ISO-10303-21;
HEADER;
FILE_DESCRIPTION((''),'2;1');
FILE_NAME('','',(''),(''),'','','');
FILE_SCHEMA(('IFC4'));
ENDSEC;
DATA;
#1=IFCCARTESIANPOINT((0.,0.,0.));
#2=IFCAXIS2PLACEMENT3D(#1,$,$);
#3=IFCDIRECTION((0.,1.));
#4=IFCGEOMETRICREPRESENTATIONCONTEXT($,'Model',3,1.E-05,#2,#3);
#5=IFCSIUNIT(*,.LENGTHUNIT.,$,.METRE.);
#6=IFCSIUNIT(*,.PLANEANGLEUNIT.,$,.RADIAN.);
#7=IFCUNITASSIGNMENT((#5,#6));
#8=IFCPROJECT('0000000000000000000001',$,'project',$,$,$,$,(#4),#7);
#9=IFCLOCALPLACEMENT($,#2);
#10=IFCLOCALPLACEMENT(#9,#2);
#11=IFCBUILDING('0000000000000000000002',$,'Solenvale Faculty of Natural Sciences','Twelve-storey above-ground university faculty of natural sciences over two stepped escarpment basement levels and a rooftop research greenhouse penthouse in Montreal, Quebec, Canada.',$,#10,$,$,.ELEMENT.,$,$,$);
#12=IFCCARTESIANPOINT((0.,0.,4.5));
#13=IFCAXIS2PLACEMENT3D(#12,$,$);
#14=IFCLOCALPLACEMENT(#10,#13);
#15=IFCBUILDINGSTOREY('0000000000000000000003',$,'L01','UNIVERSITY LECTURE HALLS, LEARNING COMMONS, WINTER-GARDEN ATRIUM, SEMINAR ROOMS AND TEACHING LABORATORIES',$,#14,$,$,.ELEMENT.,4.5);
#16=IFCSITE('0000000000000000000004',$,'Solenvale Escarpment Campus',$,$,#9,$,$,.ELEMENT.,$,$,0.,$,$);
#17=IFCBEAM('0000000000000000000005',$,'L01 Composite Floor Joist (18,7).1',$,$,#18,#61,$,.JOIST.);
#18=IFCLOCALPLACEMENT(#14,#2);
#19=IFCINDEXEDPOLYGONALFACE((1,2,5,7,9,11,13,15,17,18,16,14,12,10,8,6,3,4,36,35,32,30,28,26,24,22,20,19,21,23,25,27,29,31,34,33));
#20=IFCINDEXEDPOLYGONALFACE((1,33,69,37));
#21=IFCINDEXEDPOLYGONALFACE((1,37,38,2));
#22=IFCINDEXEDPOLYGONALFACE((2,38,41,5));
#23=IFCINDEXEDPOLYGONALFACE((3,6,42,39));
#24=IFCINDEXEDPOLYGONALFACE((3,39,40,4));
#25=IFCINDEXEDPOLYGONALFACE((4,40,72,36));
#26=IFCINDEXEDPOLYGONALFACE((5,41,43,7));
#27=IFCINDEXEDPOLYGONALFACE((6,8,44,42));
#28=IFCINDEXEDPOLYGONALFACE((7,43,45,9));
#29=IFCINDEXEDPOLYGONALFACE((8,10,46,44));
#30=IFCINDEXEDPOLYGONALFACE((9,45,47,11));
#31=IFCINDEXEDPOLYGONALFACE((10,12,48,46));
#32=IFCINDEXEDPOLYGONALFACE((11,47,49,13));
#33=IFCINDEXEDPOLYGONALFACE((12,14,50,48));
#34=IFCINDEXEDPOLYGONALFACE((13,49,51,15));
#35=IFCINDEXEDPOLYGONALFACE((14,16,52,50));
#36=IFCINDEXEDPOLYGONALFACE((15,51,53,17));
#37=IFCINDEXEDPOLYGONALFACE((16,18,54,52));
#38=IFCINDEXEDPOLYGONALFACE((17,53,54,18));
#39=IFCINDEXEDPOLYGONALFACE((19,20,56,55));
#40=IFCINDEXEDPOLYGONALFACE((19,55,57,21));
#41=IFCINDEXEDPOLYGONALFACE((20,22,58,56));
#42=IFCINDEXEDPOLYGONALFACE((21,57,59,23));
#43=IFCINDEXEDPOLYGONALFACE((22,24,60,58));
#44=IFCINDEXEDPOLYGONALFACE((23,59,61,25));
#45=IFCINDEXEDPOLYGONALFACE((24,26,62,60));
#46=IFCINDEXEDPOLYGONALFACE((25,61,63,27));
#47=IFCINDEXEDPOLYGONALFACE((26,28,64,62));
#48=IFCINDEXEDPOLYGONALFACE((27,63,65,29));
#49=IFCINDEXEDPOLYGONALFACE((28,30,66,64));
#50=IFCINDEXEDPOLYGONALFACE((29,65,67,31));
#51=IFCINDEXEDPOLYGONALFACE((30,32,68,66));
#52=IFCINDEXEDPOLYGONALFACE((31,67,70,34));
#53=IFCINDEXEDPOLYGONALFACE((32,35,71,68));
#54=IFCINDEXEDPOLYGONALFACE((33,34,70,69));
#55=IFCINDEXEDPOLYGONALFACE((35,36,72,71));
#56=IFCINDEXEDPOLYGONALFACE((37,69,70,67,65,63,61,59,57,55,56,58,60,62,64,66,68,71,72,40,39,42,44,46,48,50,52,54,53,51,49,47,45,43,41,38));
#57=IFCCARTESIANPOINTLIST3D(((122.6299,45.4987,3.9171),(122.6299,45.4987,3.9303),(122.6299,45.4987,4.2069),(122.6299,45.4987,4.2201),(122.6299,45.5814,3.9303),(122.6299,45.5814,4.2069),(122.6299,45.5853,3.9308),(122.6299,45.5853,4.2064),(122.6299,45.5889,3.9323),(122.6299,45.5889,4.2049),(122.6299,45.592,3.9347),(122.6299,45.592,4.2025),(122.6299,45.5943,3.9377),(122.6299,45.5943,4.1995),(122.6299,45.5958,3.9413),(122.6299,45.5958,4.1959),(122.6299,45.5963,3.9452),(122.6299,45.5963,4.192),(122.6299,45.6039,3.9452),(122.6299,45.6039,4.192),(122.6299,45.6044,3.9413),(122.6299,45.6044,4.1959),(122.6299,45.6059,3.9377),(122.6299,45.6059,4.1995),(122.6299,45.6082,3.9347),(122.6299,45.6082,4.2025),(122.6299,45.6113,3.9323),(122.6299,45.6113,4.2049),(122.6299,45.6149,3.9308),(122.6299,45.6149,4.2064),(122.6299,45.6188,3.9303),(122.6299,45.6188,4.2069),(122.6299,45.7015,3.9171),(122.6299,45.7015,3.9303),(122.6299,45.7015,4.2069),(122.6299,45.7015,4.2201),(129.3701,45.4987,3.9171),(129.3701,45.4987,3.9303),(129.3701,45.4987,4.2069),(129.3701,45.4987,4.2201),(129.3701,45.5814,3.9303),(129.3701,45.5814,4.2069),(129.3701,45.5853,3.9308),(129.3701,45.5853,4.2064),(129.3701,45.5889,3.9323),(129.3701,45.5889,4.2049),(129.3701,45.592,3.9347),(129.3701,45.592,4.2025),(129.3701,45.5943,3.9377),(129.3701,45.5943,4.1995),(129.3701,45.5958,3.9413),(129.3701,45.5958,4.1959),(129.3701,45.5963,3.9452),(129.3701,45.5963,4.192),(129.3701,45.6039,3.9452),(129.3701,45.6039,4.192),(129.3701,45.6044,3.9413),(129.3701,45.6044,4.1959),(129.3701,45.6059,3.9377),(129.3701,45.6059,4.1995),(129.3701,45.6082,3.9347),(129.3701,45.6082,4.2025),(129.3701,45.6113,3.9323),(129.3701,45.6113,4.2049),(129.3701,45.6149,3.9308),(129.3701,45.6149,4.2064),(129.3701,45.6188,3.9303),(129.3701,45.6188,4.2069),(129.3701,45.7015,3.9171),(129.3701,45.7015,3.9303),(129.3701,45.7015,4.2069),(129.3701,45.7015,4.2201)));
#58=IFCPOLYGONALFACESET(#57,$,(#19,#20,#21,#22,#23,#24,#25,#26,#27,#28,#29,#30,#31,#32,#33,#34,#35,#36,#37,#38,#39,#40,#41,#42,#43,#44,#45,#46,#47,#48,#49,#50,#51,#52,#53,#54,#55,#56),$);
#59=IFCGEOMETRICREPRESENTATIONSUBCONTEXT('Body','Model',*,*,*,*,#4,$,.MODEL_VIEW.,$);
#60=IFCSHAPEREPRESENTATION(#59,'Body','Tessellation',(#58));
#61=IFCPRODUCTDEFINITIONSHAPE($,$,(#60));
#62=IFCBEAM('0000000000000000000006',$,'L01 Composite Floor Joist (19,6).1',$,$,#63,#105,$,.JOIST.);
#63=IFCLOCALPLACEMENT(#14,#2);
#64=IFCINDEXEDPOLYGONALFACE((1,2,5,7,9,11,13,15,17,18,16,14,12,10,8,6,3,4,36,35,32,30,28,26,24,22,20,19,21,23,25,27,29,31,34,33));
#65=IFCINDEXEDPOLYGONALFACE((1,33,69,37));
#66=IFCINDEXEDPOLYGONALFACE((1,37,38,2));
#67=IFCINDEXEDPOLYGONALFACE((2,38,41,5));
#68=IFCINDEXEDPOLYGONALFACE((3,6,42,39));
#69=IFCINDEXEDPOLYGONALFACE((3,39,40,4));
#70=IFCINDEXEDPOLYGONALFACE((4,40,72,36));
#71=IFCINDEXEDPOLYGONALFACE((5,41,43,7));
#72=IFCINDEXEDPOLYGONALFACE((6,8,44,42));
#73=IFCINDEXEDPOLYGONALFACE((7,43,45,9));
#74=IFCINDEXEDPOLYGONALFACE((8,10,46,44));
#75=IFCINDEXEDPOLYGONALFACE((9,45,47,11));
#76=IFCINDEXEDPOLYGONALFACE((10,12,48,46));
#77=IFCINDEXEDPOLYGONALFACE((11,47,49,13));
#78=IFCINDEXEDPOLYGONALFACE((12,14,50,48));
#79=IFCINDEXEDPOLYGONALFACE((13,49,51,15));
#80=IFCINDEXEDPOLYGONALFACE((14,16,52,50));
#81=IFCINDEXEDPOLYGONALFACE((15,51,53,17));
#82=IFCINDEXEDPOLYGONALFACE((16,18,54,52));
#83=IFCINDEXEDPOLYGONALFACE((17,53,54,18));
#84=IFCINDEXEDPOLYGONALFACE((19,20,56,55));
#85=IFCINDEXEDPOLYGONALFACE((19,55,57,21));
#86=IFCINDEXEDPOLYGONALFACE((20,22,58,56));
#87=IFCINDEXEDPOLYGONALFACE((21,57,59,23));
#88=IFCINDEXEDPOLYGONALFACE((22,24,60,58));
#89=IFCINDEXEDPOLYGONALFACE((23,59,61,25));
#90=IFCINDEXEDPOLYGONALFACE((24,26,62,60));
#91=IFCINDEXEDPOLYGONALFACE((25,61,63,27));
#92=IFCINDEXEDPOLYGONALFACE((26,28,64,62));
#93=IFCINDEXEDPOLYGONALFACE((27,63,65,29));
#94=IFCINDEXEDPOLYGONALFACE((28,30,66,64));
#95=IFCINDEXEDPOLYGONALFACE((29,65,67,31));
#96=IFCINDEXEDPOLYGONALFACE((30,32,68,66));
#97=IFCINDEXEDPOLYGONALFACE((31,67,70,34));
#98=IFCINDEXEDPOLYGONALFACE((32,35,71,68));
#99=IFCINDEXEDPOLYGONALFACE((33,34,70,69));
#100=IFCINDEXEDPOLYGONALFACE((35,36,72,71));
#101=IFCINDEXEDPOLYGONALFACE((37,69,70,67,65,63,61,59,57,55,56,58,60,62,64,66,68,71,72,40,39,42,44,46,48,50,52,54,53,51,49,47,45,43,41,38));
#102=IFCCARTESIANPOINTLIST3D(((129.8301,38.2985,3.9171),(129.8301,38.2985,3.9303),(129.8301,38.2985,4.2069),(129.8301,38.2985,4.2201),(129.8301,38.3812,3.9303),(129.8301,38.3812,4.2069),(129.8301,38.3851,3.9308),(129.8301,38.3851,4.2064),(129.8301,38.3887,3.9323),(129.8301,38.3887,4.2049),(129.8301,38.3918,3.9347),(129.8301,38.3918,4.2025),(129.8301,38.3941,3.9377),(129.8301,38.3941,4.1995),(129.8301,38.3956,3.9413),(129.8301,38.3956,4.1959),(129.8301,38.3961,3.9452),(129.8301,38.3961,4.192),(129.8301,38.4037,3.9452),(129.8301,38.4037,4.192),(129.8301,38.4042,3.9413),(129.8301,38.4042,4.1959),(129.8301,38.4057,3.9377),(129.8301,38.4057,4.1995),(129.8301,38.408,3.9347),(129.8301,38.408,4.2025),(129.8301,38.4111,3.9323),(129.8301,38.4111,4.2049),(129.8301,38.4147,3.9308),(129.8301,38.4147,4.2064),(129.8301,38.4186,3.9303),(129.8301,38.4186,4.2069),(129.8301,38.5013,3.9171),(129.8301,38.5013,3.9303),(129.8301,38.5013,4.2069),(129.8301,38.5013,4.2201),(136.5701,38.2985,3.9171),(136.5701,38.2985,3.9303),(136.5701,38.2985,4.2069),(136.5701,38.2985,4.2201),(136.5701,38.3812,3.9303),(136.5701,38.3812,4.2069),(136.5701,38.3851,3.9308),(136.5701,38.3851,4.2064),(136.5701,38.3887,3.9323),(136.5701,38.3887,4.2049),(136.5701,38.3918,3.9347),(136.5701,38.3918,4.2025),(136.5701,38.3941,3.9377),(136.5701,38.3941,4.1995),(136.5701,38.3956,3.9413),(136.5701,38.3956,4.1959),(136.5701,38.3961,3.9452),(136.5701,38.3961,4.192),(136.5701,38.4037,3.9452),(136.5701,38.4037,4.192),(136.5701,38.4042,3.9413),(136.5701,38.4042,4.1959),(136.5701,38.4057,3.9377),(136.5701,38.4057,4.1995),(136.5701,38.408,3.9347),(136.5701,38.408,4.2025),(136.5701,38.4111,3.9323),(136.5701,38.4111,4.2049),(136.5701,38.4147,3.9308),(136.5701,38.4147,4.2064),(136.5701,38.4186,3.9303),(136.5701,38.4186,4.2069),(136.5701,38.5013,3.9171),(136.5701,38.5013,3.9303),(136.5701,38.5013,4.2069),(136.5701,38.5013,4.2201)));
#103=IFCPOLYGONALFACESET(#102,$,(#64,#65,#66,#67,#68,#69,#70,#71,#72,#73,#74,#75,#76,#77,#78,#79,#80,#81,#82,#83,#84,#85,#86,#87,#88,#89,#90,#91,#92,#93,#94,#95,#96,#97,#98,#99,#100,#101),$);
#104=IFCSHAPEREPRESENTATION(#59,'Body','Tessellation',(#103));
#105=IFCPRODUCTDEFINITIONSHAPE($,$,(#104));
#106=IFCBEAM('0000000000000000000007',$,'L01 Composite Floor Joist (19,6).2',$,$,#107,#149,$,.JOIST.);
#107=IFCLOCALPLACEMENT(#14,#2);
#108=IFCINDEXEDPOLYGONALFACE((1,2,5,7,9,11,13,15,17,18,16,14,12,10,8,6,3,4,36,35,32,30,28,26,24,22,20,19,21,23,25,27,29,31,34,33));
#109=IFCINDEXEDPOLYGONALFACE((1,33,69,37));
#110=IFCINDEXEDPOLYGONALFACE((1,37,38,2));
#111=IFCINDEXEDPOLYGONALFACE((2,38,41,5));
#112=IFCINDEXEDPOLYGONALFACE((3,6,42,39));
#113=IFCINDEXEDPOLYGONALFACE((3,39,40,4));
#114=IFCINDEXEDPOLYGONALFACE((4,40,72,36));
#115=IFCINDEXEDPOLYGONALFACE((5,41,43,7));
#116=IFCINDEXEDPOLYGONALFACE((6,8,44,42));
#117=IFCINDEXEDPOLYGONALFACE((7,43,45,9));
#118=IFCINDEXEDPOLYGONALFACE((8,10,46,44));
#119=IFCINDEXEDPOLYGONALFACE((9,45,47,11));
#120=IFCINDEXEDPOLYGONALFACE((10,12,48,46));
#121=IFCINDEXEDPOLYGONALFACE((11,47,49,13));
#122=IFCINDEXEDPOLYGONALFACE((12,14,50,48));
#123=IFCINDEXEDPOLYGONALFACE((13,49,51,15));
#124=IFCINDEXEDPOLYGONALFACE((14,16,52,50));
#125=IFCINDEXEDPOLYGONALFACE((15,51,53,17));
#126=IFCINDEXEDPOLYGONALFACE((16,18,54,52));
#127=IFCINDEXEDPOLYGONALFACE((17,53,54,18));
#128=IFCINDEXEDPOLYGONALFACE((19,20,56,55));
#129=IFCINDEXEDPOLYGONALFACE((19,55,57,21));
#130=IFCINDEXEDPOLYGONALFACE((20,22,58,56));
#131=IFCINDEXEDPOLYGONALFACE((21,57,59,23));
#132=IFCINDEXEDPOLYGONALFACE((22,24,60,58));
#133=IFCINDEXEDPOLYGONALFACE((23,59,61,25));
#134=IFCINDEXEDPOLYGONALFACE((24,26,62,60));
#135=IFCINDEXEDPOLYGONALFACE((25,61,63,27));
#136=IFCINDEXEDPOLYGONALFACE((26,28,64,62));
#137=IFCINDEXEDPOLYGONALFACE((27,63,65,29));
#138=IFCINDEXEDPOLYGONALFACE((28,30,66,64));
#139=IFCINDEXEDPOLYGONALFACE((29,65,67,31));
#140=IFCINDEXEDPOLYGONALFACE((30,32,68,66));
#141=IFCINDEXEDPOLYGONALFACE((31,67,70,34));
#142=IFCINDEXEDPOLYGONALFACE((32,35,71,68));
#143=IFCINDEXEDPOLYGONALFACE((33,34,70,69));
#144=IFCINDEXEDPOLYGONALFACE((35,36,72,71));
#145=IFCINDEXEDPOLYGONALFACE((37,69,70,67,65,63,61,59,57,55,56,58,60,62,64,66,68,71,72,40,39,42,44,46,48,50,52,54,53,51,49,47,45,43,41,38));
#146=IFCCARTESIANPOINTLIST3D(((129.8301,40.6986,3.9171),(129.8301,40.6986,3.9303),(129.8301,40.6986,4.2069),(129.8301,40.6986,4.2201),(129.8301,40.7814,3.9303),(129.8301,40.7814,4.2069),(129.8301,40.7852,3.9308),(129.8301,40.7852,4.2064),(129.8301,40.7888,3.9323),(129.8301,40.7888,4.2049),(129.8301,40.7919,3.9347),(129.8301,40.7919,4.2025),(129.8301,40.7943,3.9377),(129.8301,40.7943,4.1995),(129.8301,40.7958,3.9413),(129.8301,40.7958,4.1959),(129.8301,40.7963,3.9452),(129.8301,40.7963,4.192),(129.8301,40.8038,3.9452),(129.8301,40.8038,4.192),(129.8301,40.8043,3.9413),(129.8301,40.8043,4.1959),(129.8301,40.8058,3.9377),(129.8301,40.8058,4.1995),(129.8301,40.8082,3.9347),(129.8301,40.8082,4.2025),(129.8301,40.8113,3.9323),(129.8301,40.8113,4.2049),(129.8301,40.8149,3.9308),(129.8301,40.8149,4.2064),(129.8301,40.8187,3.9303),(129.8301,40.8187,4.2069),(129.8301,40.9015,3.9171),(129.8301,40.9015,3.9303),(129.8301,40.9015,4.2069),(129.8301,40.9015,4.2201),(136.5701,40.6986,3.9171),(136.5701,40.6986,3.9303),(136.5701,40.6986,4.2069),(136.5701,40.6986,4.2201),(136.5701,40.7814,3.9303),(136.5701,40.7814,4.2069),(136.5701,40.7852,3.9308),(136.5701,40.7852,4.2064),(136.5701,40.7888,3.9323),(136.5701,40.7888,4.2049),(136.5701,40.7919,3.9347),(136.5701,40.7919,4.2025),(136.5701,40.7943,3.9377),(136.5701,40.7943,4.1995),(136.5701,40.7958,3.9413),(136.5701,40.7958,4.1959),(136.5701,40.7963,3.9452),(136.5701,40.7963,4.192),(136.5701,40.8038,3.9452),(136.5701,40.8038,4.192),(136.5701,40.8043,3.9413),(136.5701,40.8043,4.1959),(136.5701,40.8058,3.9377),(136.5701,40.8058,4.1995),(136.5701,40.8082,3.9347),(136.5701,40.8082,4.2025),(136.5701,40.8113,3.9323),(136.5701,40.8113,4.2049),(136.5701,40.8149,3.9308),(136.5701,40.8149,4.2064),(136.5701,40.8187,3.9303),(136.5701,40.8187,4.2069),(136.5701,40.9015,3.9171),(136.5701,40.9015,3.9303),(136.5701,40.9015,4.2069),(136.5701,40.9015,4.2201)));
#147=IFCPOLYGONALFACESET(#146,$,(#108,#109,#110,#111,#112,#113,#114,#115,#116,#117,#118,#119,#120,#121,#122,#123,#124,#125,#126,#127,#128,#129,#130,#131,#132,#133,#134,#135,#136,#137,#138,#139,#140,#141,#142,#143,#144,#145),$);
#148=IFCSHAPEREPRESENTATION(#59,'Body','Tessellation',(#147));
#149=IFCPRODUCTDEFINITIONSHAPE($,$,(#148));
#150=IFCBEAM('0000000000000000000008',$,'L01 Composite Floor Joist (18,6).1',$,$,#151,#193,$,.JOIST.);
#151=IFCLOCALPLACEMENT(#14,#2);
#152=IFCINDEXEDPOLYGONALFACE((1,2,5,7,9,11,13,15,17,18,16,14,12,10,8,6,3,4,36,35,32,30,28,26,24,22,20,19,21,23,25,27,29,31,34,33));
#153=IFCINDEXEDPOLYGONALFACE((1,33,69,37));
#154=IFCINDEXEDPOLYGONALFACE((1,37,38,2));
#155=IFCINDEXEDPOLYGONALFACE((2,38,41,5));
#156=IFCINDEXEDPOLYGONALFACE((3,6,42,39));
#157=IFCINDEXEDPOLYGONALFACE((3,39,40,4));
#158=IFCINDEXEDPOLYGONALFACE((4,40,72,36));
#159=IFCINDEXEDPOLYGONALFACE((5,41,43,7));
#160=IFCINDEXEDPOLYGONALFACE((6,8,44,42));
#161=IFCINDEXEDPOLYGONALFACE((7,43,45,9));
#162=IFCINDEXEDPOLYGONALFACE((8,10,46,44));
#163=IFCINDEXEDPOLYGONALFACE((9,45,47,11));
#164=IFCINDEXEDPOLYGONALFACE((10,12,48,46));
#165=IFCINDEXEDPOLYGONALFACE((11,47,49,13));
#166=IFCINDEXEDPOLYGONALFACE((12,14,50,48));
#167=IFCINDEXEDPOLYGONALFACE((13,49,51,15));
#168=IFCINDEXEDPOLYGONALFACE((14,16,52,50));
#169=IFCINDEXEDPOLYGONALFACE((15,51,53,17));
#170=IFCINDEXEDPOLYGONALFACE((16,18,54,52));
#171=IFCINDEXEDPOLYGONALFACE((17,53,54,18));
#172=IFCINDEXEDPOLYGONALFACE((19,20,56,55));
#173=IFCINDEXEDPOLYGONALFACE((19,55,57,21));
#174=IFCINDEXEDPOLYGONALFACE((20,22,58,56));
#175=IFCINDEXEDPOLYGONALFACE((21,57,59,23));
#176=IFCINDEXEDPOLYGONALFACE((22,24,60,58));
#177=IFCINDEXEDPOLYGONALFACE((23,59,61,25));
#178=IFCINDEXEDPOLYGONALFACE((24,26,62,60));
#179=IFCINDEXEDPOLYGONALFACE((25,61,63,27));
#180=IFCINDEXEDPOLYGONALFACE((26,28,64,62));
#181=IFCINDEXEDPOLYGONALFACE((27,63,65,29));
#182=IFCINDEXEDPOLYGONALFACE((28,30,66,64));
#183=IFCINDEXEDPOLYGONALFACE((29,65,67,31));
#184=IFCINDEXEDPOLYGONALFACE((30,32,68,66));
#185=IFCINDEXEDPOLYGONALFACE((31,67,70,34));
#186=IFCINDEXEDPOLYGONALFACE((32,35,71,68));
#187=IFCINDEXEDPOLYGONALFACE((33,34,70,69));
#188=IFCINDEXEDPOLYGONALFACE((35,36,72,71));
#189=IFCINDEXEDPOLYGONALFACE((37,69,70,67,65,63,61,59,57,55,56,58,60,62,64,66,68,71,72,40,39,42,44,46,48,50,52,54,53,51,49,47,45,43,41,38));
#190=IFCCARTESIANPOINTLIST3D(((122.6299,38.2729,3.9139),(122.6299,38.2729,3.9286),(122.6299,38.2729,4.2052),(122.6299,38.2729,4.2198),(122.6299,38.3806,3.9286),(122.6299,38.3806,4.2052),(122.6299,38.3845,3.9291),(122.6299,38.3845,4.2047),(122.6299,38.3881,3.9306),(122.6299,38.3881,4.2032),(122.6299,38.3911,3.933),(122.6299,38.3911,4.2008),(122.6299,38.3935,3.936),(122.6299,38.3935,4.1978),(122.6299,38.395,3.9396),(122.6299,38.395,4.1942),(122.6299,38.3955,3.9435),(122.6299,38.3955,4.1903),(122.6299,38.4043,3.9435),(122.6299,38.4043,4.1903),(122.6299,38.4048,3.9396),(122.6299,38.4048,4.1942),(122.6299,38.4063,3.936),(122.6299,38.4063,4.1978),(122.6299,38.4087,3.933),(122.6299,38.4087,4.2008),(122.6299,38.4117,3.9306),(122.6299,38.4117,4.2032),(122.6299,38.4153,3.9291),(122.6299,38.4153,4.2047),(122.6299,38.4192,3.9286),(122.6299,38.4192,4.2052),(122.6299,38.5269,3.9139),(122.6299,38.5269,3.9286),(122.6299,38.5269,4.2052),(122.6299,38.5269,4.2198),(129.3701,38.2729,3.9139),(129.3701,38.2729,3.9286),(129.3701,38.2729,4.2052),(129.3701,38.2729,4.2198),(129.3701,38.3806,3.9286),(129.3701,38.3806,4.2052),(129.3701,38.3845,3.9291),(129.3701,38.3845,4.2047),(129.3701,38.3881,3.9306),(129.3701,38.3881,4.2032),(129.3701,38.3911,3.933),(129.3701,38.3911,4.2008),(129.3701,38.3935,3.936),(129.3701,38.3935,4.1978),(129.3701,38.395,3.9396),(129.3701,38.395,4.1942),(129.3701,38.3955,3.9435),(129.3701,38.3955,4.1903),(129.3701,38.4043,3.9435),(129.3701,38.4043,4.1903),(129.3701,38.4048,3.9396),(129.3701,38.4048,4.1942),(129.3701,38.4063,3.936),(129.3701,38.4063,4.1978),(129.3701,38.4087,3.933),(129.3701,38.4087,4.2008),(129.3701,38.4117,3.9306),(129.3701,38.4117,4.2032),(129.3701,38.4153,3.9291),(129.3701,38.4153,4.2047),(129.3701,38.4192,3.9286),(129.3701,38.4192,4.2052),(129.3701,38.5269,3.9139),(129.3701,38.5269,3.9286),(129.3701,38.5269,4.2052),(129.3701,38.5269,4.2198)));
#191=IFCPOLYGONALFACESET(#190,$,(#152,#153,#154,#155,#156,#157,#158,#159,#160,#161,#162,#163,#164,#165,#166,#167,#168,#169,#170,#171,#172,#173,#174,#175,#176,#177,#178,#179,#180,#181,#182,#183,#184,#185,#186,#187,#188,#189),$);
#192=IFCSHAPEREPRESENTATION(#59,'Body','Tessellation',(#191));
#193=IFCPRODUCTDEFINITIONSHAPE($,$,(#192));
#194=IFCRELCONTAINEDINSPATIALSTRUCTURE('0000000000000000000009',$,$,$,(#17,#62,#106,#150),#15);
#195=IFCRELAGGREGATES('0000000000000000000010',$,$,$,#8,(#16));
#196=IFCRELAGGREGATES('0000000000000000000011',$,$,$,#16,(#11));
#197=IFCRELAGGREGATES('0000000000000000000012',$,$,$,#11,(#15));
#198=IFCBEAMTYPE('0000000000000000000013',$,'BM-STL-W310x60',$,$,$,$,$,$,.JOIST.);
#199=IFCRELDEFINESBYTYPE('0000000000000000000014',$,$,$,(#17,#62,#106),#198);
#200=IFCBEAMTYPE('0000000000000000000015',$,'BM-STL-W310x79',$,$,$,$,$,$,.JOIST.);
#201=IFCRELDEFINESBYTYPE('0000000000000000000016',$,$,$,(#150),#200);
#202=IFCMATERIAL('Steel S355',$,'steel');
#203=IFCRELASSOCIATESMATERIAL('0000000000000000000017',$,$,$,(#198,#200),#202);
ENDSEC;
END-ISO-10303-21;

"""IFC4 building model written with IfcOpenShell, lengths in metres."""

from ifc_helpers import new_model, si_unit, direction, frame, origin, origin_2d, place, context, subcontext, project, spatial, i_section, extrude, material, material_profile, profile_set, type_object, element, save


model = new_model("IFC4")

# Units and contexts
model_context = context("Model", 3, precision=1e-05, world=origin(), true_north=direction((0.0, 1.0)))
body_context = subcontext(model_context, "Body", "Model", "MODEL_VIEW")
ifc_project = project(units=[si_unit("LENGTHUNIT", "METRE"), si_unit("PLANEANGLEUNIT", "RADIAN")], contexts=[model_context])

# Site, building, storey
site_placement = place(None, origin())
site = spatial("IfcSite", under=ifc_project, at=site_placement, Name="Solenvale Escarpment Campus", CompositionType="ELEMENT", RefElevation=0.0)
building_placement = place(site_placement, origin())
building = spatial("IfcBuilding", under=site, at=building_placement, Name="Solenvale Faculty of Natural Sciences", Description="Twelve-storey above-ground university faculty of natural sciences over two stepped escarpment basement levels and a rooftop research greenhouse penthouse in Montreal, Quebec, Canada.", CompositionType="ELEMENT")
storey_placement = place(building_placement, frame((0.0, 0.0, 4.5)))
storey = spatial("IfcBuildingStorey", under=building, at=storey_placement, Name="L01", Description="UNIVERSITY LECTURE HALLS, LEARNING COMMONS, WINTER-GARDEN ATRIUM, SEMINAR ROOMS AND TEACHING LABORATORIES", CompositionType="ELEMENT", Elevation=4.5)

# Beams
ifc_material_1 = material(Name="Steel S355", Category="steel")
ifc_material_profile_1 = material_profile(ifc_material_1, i_section(OverallWidth=0.2029, OverallDepth=0.303, WebThickness=0.0076, FlangeThickness=0.0132, FilletRadius=0.0149, at=origin_2d()), Name="W310x60")
ifc_profile_set_1 = profile_set([ifc_material_profile_1], Name="Steel S355")
beam_type_1 = type_object("IfcBeamType", Name="BM-STL-W310x60", PredefinedType="JOIST", material=ifc_profile_set_1)
beam_1_placement = place(storey_placement, frame((122.6299, 45.6001, 4.0686), z_axis=(1.0, 0.0, 0.0), x_axis=(0.0, 1.0, 0.0)))
element("IfcBeam", 1, at=beam_1_placement, inside=storey, type_object=beam_type_1, Name="L01 Composite Floor Joist (18,7).1", PredefinedType="JOIST", context=body_context, shape_type="SweptSolid", body=[
    extrude(i_section(OverallWidth=0.2029, OverallDepth=0.303, WebThickness=0.0076, FlangeThickness=0.0132, FilletRadius=0.0149, at=origin_2d()), origin(), (0.0, 0.0, 1.0), 6.7402),
])
for number, where, z_axis, x_axis, name in (
    (2, (129.8301, 38.3999, 4.0686), (1.0, 0.0, 0.0), (0.0, 1.0, 0.0), "L01 Composite Floor Joist (19,6).1"),
    (3, (129.8301, 40.8, 4.0686), (1.0, 0.0, 0.0), (0.0, 1.0, 0.0), "L01 Composite Floor Joist (19,6).2"),
):
    element("IfcBeam", number, at=place(storey_placement, frame(where, z_axis=z_axis, x_axis=x_axis)), inside=storey, type_object=beam_type_1, Name=name, PredefinedType="JOIST", context=body_context, shape_type="SweptSolid", body=[
        extrude(i_section(OverallWidth=0.2029, OverallDepth=0.303, WebThickness=0.0076, FlangeThickness=0.0132, FilletRadius=0.0149, at=origin_2d()), origin(), (0.0, 0.0, 1.0), 6.74),
    ])
ifc_material_profile_2 = material_profile(ifc_material_1, i_section(OverallWidth=0.2539, OverallDepth=0.3059, WebThickness=0.0088, FlangeThickness=0.0146, FilletRadius=0.0149, at=origin_2d()), Name="W310x79")
ifc_profile_set_2 = profile_set([ifc_material_profile_2], Name="Steel S355")
beam_type_2 = type_object("IfcBeamType", Name="BM-STL-W310x79", PredefinedType="JOIST", material=ifc_profile_set_2)
for number, where, z_axis, x_axis, name in (
    (4, (122.6299, 38.3999, 4.0669), (1.0, 0.0, 0.0), (0.0, 1.0, 0.0), "L01 Composite Floor Joist (18,6).1"),
):
    element("IfcBeam", number, at=place(storey_placement, frame(where, z_axis=z_axis, x_axis=x_axis)), inside=storey, type_object=beam_type_2, Name=name, PredefinedType="JOIST", context=body_context, shape_type="SweptSolid", body=[
        extrude(i_section(OverallWidth=0.2539, OverallDepth=0.3059, WebThickness=0.0088, FlangeThickness=0.0146, FilletRadius=0.0149, at=origin_2d()), origin(), (0.0, 0.0, 1.0), 6.7402),
    ])

save(model, "model.ifc")
